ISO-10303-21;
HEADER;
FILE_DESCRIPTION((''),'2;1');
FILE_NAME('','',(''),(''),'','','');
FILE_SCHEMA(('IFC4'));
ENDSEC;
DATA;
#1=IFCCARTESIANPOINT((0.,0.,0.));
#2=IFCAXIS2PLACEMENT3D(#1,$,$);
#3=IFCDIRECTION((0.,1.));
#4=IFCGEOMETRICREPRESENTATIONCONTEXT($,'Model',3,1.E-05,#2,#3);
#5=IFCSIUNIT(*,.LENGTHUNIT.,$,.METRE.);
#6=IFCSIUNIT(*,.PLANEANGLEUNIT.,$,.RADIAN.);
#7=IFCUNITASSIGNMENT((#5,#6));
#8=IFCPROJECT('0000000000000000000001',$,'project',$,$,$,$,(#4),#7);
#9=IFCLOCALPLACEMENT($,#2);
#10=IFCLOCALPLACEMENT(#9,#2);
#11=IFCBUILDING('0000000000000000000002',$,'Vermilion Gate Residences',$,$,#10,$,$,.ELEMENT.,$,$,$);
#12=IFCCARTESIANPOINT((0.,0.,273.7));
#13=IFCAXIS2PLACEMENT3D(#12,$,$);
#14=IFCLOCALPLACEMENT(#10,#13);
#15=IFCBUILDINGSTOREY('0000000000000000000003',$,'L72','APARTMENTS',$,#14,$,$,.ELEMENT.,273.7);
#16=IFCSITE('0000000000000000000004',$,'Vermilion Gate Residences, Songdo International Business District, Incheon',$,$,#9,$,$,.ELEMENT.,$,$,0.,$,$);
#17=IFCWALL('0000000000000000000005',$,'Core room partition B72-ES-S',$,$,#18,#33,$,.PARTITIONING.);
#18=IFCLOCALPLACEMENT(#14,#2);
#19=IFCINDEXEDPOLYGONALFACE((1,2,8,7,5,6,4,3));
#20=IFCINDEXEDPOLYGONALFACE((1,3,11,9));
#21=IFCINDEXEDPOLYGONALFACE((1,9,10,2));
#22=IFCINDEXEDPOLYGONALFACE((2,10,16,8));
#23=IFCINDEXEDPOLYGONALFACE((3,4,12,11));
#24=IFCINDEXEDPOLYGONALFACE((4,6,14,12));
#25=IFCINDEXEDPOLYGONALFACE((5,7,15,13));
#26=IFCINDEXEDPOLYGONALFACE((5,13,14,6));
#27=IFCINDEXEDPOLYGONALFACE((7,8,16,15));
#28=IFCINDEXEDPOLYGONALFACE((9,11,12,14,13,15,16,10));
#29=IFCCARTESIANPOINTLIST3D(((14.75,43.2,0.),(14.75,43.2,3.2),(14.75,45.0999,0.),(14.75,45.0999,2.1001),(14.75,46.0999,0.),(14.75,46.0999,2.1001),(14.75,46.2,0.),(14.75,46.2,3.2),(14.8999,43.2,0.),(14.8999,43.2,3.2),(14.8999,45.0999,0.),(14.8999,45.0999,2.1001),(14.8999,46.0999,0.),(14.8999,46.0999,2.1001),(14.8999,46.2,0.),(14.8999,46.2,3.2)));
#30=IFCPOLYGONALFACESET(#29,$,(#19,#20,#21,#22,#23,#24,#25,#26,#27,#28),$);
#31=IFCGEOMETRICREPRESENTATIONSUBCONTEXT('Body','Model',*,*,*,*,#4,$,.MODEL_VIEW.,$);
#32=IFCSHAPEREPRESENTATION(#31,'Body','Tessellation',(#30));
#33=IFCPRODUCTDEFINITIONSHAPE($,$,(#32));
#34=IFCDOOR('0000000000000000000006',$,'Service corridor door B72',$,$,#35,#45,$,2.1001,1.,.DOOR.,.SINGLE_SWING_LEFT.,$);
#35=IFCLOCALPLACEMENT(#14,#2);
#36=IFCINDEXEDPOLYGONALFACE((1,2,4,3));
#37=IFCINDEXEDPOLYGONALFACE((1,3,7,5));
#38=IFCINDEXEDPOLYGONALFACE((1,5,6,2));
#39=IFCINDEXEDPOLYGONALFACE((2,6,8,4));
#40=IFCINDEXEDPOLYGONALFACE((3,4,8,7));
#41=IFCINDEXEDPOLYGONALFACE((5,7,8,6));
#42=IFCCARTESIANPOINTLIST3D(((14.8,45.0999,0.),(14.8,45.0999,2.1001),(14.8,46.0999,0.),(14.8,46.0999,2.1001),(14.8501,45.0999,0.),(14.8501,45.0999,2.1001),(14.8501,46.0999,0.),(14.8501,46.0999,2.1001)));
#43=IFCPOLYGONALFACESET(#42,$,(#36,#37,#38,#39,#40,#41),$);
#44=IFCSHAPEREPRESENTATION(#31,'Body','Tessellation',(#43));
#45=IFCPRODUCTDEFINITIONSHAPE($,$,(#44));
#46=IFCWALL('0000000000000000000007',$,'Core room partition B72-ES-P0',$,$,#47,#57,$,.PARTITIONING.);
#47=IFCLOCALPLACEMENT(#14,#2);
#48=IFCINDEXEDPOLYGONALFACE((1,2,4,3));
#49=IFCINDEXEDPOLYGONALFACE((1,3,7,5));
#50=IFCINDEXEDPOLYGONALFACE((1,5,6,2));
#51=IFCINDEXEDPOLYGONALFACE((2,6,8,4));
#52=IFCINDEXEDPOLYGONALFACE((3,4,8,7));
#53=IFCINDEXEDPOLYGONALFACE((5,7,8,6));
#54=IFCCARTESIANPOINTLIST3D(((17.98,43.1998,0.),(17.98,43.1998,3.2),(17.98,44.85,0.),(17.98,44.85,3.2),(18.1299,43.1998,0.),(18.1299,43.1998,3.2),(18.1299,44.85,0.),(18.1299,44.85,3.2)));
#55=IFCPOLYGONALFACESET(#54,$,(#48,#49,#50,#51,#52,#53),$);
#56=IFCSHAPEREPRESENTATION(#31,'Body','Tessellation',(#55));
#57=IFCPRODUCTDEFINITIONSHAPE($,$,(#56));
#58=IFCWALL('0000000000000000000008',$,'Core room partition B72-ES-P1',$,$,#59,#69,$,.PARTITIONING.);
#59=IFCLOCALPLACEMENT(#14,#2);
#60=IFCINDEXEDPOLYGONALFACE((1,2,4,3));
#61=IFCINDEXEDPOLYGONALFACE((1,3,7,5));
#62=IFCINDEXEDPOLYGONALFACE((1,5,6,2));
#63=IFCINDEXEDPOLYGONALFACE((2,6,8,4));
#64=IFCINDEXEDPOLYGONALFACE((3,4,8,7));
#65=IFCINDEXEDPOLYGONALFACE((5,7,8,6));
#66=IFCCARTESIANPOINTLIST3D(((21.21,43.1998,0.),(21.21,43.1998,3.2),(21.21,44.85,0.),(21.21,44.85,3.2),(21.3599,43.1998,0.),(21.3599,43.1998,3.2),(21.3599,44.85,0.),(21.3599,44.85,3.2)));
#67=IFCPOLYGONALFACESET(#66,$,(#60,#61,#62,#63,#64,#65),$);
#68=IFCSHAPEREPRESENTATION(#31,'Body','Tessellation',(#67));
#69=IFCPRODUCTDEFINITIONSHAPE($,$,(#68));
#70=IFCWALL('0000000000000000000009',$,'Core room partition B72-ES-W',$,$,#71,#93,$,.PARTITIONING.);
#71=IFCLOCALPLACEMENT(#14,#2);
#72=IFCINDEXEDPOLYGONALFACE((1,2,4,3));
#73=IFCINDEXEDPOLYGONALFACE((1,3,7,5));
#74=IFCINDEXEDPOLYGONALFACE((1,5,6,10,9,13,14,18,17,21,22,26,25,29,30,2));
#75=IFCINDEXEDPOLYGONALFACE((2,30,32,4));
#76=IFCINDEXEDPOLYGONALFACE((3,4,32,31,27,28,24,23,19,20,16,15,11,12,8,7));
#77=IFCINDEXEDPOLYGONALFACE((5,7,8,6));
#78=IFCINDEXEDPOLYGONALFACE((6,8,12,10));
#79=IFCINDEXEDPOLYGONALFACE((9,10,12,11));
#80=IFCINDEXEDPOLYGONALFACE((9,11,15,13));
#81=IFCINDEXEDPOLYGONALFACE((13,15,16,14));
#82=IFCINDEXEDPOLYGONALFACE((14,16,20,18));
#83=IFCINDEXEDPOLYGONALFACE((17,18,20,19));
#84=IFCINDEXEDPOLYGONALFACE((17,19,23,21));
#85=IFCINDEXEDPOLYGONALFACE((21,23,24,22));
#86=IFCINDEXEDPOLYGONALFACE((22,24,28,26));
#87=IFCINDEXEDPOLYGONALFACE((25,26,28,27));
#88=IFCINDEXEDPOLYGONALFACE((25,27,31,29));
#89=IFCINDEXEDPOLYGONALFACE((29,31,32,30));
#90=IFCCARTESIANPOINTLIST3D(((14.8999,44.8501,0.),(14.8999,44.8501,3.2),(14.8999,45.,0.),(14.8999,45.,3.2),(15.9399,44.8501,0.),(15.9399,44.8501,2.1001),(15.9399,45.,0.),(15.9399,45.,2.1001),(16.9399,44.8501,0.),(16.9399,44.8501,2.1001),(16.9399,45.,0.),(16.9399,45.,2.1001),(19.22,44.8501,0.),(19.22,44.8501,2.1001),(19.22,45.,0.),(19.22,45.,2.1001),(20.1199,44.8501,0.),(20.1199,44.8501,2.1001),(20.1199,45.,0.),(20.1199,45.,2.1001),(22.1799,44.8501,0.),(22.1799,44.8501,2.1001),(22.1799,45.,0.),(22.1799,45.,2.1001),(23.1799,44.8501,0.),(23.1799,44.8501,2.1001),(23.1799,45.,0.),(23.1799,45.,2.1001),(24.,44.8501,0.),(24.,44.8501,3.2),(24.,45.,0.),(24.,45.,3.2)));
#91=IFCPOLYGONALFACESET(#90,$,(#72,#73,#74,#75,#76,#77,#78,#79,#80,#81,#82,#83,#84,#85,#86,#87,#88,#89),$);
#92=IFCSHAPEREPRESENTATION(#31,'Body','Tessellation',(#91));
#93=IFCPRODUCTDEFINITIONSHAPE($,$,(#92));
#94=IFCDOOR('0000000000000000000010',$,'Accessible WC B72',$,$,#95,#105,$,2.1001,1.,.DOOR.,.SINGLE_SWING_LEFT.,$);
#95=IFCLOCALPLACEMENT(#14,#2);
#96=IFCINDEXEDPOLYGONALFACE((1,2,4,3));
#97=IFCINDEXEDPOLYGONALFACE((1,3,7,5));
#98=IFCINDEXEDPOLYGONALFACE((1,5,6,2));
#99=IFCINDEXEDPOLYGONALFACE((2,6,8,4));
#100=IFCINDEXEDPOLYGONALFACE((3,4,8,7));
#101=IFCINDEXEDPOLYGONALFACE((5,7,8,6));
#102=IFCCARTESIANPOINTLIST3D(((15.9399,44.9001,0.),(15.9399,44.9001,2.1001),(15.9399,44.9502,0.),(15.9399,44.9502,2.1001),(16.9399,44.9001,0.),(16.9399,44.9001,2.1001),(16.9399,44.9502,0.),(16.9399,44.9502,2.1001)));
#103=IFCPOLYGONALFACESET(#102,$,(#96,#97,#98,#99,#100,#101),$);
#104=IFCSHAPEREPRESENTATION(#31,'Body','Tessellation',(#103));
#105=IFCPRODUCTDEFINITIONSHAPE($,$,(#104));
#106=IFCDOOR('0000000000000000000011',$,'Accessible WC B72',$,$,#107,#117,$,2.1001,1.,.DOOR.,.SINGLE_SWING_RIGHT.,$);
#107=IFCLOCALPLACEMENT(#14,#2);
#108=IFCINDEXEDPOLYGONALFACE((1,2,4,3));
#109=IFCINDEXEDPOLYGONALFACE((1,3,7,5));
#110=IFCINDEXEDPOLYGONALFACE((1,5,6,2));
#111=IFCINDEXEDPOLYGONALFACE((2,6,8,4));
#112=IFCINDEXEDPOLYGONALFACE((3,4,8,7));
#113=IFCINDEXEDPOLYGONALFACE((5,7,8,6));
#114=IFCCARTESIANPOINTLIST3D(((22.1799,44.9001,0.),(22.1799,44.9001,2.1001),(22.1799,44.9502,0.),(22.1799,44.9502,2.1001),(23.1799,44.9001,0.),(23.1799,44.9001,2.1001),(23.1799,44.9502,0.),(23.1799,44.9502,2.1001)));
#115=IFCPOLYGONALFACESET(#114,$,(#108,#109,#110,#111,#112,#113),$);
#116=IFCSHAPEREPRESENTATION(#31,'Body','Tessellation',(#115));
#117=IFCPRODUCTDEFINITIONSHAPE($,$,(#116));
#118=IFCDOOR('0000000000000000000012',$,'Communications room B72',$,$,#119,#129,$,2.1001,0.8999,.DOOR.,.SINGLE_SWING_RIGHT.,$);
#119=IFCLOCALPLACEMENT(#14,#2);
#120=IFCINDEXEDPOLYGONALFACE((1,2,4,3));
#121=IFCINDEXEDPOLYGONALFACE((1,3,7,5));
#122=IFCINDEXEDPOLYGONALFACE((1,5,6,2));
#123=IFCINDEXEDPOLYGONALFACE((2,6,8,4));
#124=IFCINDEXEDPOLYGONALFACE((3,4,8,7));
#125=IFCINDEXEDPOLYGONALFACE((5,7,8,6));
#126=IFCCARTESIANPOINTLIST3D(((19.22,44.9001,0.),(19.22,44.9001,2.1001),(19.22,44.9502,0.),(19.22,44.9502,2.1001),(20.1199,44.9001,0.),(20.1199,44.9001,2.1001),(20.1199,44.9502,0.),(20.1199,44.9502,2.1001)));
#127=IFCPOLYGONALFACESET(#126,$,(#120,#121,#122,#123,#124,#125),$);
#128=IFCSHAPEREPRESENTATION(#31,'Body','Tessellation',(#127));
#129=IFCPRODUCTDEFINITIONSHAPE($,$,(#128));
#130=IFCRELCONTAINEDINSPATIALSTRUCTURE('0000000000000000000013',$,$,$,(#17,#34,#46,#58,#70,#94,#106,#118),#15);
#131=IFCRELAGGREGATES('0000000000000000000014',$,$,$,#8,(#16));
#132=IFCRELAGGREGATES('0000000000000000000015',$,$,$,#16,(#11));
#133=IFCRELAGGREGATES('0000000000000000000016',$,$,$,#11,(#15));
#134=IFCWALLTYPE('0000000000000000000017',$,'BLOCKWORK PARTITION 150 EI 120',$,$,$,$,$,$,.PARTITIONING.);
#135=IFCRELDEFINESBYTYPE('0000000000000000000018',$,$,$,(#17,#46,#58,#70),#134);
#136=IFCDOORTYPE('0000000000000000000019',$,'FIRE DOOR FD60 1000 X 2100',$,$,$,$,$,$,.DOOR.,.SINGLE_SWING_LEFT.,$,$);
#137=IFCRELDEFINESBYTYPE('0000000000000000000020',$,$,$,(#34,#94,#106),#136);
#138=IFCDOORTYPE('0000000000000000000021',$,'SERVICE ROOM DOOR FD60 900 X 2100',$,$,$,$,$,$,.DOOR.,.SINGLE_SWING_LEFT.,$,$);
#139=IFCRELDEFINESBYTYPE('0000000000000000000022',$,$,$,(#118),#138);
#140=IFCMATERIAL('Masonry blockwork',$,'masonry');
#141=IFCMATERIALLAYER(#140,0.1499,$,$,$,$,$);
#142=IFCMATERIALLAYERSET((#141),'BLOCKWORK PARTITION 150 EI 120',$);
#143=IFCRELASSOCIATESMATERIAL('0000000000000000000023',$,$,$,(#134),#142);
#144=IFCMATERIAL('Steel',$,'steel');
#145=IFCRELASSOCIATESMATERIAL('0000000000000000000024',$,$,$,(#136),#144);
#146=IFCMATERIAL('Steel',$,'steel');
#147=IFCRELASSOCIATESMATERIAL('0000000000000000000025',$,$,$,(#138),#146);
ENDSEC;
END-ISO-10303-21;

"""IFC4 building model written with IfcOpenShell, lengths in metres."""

from ifc_helpers import new_model, si_unit, direction, frame, frame_2d, origin, place, context, subcontext, project, spatial, rectangle, extrude, material, layer, layer_set, type_object, element, fill, save


model = new_model("IFC4")

# Units and contexts
model_context = context("Model", 3, precision=1e-05, world=origin(), true_north=direction((0.0, 1.0)))
body_context = subcontext(model_context, "Body", "Model", "MODEL_VIEW")
ifc_project = project(units=[si_unit("LENGTHUNIT", "METRE"), si_unit("PLANEANGLEUNIT", "RADIAN")], contexts=[model_context])

# Site, building, storey
site_placement = place(None, origin())
site = spatial("IfcSite", under=ifc_project, at=site_placement, Name="Vermilion Gate Residences, Songdo International Business District, Incheon", CompositionType="ELEMENT", RefElevation=0.0)
building_placement = place(site_placement, origin())
building = spatial("IfcBuilding", under=site, at=building_placement, Name="Vermilion Gate Residences", CompositionType="ELEMENT")
storey_placement = place(building_placement, frame((0.0, 0.0, 273.7)))
storey = spatial("IfcBuildingStorey", under=building, at=storey_placement, Name="L72", Description="APARTMENTS", CompositionType="ELEMENT", Elevation=273.7)

# Wall, opening, door
ifc_material_1 = material(Name="Masonry blockwork", Category="masonry")
ifc_layer_1 = layer(ifc_material_1, 0.1499)
ifc_layer_set_1 = layer_set([ifc_layer_1], Name="BLOCKWORK PARTITION 150 EI 120")
wall_type_1 = type_object("IfcWallType", Name="BLOCKWORK PARTITION 150 EI 120", PredefinedType="PARTITIONING", material=ifc_layer_set_1)
wall_1_placement = place(storey_placement, frame((14.825, 46.2, 0.0), z_axis=(0.0, 0.0, 1.0), x_axis=(0.0, -1.0, 0.0)))
wall_1 = element("IfcWall", 1, at=wall_1_placement, inside=storey, type_object=wall_type_1, Name="Core room partition B72-ES-S", PredefinedType="PARTITIONING", context=body_context, shape_type="SweptSolid", body=[
    extrude(rectangle(XDim=3.0, YDim=0.1499, at=frame_2d((1.5, 0.0))), origin(), (0.0, 0.0, 1.0), 3.2),
])
opening_1_placement = place(wall_1_placement, frame((0.1001, 0.0, 0.0)))
opening_1 = element("IfcOpeningElement", 2, at=opening_1_placement, cuts=wall_1, PredefinedType="OPENING", context=body_context, shape_type="SweptSolid", body=[
    extrude(rectangle(XDim=1.0, YDim=2.1001, at=frame_2d((0.5, 1.05))), frame((0.0, 0.085, 0.0), z_axis=(0.0, -1.0, 0.0), x_axis=(1.0, 0.0, 0.0)), (0.0, 0.0, 1.0), 0.1699),
])
ifc_material_2 = material(Name="Steel", Category="steel")
door_type_1 = type_object("IfcDoorType", Name="FIRE DOOR FD60 1000 X 2100", OperationType="SINGLE_SWING_LEFT", PredefinedType="DOOR", material=ifc_material_2)
door_1_placement = place(opening_1_placement, frame((1.0, 0.0, 0.0), z_axis=(0.0, 0.0, 1.0), x_axis=(-1.0, 0.0, 0.0)))
door_1 = element("IfcDoor", 3, at=door_1_placement, inside=storey, type_object=door_type_1, Name="Service corridor door B72", OperationType="SINGLE_SWING_LEFT", OverallHeight=2.1001, OverallWidth=1.0, PredefinedType="DOOR", context=body_context, shape_type="SweptSolid", body=[
    extrude(rectangle(XDim=1.0, YDim=2.1001, at=frame_2d((0.5, 1.05))), frame((0.0, 0.0249, 0.0), z_axis=(0.0, -1.0, 0.0), x_axis=(1.0, 0.0, 0.0)), (0.0, 0.0, 1.0), 0.05),
])
fill(opening_1, door_1)

# Walls
for number, where, z_axis, x_axis, name in (
    (4, (18.0549, 44.8501, 0.0), (0.0, 0.0, 1.0), (0.0, -1.0, 0.0), "Core room partition B72-ES-P0"),
    (5, (21.2849, 44.8501, 0.0), (0.0, 0.0, 1.0), (0.0, -1.0, 0.0), "Core room partition B72-ES-P1"),
):
    element("IfcWall", number, at=place(storey_placement, frame(where, z_axis=z_axis, x_axis=x_axis)), inside=storey, type_object=wall_type_1, Name=name, PredefinedType="PARTITIONING", context=body_context, shape_type="SweptSolid", body=[
        extrude(rectangle(XDim=1.6501, YDim=0.1499, at=frame_2d((0.8252, 0.0))), origin(), (0.0, 0.0, 1.0), 3.2),
    ])

# Wall, openings, doors
wall_2_placement = place(storey_placement, frame((14.8999, 44.925, 0.0), z_axis=(0.0, 0.0, 1.0), x_axis=(1.0, 0.0, 0.0)))
wall_2 = element("IfcWall", 6, at=wall_2_placement, inside=storey, type_object=wall_type_1, Name="Core room partition B72-ES-W", PredefinedType="PARTITIONING", context=body_context, shape_type="SweptSolid", body=[
    extrude(rectangle(XDim=9.1001, YDim=0.1499, at=frame_2d((4.55, 0.0))), origin(), (0.0, 0.0, 1.0), 3.2),
])
opening_2_placement = place(wall_2_placement, frame((1.04, 0.0, 0.0)))
opening_2 = element("IfcOpeningElement", 7, at=opening_2_placement, cuts=wall_2, PredefinedType="OPENING", context=body_context, shape_type="SweptSolid", body=[
    extrude(rectangle(XDim=1.0, YDim=2.1001, at=frame_2d((0.5, 1.05))), frame((0.0, 0.085, 0.0), z_axis=(0.0, -1.0, 0.0), x_axis=(1.0, 0.0, 0.0)), (0.0, 0.0, 1.0), 0.1699),
])
opening_3_placement = place(wall_2_placement, frame((4.3201, 0.0, 0.0)))
opening_3 = element("IfcOpeningElement", 8, at=opening_3_placement, cuts=wall_2, PredefinedType="OPENING", context=body_context, shape_type="SweptSolid", body=[
    extrude(rectangle(XDim=0.8999, YDim=2.1001, at=frame_2d((0.45, 1.05))), frame((0.0, 0.085, 0.0), z_axis=(0.0, -1.0, 0.0), x_axis=(1.0, 0.0, 0.0)), (0.0, 0.0, 1.0), 0.1699),
])
opening_4_placement = place(wall_2_placement, frame((7.28, 0.0, 0.0)))
opening_4 = element("IfcOpeningElement", 9, at=opening_4_placement, cuts=wall_2, PredefinedType="OPENING", context=body_context, shape_type="SweptSolid", body=[
    extrude(rectangle(XDim=1.0, YDim=2.1001, at=frame_2d((0.5, 1.05))), frame((0.0, 0.085, 0.0), z_axis=(0.0, -1.0, 0.0), x_axis=(1.0, 0.0, 0.0)), (0.0, 0.0, 1.0), 0.1699),
])
door_2_placement = place(opening_2_placement, frame((1.0, 0.0, 0.0), z_axis=(0.0, 0.0, 1.0), x_axis=(-1.0, 0.0, 0.0)))
door_2 = element("IfcDoor", 10, at=door_2_placement, inside=storey, type_object=door_type_1, Name="Accessible WC B72", OperationType="SINGLE_SWING_LEFT", OverallHeight=2.1001, OverallWidth=1.0, PredefinedType="DOOR", context=body_context, shape_type="SweptSolid", body=[
    extrude(rectangle(XDim=1.0, YDim=2.1001, at=frame_2d((0.5, 1.05))), frame((0.0, 0.0249, 0.0), z_axis=(0.0, -1.0, 0.0), x_axis=(1.0, 0.0, 0.0)), (0.0, 0.0, 1.0), 0.05),
])
fill(opening_2, door_2)
door_3_placement = place(opening_4_placement, frame((1.0, 0.0, 0.0), z_axis=(0.0, 0.0, 1.0), x_axis=(-1.0, 0.0, 0.0)))
door_3 = element("IfcDoor", 11, at=door_3_placement, inside=storey, type_object=door_type_1, Name="Accessible WC B72", OperationType="SINGLE_SWING_RIGHT", OverallHeight=2.1001, OverallWidth=1.0, PredefinedType="DOOR", context=body_context, shape_type="SweptSolid", body=[
    extrude(rectangle(XDim=1.0, YDim=2.1001, at=frame_2d((0.5, 1.05))), frame((0.0, 0.0249, 0.0), z_axis=(0.0, -1.0, 0.0), x_axis=(1.0, 0.0, 0.0)), (0.0, 0.0, 1.0), 0.05),
])
fill(opening_4, door_3)
ifc_material_3 = material(Name="Steel", Category="steel")
door_type_2 = type_object("IfcDoorType", Name="SERVICE ROOM DOOR FD60 900 X 2100", OperationType="SINGLE_SWING_LEFT", PredefinedType="DOOR", material=ifc_material_3)
door_4_placement = place(opening_3_placement, frame((0.8999, 0.0, 0.0), z_axis=(0.0, 0.0, 1.0), x_axis=(-1.0, 0.0, 0.0)))
door_4 = element("IfcDoor", 12, at=door_4_placement, inside=storey, type_object=door_type_2, Name="Communications room B72", OperationType="SINGLE_SWING_RIGHT", OverallHeight=2.1001, OverallWidth=0.8999, PredefinedType="DOOR", context=body_context, shape_type="SweptSolid", body=[
    extrude(rectangle(XDim=0.8999, YDim=2.1001, at=frame_2d((0.45, 1.05))), frame((0.0, 0.0249, 0.0), z_axis=(0.0, -1.0, 0.0), x_axis=(1.0, 0.0, 0.0)), (0.0, 0.0, 1.0), 0.05),
])
fill(opening_3, door_4)

save(model, "model.ifc")
